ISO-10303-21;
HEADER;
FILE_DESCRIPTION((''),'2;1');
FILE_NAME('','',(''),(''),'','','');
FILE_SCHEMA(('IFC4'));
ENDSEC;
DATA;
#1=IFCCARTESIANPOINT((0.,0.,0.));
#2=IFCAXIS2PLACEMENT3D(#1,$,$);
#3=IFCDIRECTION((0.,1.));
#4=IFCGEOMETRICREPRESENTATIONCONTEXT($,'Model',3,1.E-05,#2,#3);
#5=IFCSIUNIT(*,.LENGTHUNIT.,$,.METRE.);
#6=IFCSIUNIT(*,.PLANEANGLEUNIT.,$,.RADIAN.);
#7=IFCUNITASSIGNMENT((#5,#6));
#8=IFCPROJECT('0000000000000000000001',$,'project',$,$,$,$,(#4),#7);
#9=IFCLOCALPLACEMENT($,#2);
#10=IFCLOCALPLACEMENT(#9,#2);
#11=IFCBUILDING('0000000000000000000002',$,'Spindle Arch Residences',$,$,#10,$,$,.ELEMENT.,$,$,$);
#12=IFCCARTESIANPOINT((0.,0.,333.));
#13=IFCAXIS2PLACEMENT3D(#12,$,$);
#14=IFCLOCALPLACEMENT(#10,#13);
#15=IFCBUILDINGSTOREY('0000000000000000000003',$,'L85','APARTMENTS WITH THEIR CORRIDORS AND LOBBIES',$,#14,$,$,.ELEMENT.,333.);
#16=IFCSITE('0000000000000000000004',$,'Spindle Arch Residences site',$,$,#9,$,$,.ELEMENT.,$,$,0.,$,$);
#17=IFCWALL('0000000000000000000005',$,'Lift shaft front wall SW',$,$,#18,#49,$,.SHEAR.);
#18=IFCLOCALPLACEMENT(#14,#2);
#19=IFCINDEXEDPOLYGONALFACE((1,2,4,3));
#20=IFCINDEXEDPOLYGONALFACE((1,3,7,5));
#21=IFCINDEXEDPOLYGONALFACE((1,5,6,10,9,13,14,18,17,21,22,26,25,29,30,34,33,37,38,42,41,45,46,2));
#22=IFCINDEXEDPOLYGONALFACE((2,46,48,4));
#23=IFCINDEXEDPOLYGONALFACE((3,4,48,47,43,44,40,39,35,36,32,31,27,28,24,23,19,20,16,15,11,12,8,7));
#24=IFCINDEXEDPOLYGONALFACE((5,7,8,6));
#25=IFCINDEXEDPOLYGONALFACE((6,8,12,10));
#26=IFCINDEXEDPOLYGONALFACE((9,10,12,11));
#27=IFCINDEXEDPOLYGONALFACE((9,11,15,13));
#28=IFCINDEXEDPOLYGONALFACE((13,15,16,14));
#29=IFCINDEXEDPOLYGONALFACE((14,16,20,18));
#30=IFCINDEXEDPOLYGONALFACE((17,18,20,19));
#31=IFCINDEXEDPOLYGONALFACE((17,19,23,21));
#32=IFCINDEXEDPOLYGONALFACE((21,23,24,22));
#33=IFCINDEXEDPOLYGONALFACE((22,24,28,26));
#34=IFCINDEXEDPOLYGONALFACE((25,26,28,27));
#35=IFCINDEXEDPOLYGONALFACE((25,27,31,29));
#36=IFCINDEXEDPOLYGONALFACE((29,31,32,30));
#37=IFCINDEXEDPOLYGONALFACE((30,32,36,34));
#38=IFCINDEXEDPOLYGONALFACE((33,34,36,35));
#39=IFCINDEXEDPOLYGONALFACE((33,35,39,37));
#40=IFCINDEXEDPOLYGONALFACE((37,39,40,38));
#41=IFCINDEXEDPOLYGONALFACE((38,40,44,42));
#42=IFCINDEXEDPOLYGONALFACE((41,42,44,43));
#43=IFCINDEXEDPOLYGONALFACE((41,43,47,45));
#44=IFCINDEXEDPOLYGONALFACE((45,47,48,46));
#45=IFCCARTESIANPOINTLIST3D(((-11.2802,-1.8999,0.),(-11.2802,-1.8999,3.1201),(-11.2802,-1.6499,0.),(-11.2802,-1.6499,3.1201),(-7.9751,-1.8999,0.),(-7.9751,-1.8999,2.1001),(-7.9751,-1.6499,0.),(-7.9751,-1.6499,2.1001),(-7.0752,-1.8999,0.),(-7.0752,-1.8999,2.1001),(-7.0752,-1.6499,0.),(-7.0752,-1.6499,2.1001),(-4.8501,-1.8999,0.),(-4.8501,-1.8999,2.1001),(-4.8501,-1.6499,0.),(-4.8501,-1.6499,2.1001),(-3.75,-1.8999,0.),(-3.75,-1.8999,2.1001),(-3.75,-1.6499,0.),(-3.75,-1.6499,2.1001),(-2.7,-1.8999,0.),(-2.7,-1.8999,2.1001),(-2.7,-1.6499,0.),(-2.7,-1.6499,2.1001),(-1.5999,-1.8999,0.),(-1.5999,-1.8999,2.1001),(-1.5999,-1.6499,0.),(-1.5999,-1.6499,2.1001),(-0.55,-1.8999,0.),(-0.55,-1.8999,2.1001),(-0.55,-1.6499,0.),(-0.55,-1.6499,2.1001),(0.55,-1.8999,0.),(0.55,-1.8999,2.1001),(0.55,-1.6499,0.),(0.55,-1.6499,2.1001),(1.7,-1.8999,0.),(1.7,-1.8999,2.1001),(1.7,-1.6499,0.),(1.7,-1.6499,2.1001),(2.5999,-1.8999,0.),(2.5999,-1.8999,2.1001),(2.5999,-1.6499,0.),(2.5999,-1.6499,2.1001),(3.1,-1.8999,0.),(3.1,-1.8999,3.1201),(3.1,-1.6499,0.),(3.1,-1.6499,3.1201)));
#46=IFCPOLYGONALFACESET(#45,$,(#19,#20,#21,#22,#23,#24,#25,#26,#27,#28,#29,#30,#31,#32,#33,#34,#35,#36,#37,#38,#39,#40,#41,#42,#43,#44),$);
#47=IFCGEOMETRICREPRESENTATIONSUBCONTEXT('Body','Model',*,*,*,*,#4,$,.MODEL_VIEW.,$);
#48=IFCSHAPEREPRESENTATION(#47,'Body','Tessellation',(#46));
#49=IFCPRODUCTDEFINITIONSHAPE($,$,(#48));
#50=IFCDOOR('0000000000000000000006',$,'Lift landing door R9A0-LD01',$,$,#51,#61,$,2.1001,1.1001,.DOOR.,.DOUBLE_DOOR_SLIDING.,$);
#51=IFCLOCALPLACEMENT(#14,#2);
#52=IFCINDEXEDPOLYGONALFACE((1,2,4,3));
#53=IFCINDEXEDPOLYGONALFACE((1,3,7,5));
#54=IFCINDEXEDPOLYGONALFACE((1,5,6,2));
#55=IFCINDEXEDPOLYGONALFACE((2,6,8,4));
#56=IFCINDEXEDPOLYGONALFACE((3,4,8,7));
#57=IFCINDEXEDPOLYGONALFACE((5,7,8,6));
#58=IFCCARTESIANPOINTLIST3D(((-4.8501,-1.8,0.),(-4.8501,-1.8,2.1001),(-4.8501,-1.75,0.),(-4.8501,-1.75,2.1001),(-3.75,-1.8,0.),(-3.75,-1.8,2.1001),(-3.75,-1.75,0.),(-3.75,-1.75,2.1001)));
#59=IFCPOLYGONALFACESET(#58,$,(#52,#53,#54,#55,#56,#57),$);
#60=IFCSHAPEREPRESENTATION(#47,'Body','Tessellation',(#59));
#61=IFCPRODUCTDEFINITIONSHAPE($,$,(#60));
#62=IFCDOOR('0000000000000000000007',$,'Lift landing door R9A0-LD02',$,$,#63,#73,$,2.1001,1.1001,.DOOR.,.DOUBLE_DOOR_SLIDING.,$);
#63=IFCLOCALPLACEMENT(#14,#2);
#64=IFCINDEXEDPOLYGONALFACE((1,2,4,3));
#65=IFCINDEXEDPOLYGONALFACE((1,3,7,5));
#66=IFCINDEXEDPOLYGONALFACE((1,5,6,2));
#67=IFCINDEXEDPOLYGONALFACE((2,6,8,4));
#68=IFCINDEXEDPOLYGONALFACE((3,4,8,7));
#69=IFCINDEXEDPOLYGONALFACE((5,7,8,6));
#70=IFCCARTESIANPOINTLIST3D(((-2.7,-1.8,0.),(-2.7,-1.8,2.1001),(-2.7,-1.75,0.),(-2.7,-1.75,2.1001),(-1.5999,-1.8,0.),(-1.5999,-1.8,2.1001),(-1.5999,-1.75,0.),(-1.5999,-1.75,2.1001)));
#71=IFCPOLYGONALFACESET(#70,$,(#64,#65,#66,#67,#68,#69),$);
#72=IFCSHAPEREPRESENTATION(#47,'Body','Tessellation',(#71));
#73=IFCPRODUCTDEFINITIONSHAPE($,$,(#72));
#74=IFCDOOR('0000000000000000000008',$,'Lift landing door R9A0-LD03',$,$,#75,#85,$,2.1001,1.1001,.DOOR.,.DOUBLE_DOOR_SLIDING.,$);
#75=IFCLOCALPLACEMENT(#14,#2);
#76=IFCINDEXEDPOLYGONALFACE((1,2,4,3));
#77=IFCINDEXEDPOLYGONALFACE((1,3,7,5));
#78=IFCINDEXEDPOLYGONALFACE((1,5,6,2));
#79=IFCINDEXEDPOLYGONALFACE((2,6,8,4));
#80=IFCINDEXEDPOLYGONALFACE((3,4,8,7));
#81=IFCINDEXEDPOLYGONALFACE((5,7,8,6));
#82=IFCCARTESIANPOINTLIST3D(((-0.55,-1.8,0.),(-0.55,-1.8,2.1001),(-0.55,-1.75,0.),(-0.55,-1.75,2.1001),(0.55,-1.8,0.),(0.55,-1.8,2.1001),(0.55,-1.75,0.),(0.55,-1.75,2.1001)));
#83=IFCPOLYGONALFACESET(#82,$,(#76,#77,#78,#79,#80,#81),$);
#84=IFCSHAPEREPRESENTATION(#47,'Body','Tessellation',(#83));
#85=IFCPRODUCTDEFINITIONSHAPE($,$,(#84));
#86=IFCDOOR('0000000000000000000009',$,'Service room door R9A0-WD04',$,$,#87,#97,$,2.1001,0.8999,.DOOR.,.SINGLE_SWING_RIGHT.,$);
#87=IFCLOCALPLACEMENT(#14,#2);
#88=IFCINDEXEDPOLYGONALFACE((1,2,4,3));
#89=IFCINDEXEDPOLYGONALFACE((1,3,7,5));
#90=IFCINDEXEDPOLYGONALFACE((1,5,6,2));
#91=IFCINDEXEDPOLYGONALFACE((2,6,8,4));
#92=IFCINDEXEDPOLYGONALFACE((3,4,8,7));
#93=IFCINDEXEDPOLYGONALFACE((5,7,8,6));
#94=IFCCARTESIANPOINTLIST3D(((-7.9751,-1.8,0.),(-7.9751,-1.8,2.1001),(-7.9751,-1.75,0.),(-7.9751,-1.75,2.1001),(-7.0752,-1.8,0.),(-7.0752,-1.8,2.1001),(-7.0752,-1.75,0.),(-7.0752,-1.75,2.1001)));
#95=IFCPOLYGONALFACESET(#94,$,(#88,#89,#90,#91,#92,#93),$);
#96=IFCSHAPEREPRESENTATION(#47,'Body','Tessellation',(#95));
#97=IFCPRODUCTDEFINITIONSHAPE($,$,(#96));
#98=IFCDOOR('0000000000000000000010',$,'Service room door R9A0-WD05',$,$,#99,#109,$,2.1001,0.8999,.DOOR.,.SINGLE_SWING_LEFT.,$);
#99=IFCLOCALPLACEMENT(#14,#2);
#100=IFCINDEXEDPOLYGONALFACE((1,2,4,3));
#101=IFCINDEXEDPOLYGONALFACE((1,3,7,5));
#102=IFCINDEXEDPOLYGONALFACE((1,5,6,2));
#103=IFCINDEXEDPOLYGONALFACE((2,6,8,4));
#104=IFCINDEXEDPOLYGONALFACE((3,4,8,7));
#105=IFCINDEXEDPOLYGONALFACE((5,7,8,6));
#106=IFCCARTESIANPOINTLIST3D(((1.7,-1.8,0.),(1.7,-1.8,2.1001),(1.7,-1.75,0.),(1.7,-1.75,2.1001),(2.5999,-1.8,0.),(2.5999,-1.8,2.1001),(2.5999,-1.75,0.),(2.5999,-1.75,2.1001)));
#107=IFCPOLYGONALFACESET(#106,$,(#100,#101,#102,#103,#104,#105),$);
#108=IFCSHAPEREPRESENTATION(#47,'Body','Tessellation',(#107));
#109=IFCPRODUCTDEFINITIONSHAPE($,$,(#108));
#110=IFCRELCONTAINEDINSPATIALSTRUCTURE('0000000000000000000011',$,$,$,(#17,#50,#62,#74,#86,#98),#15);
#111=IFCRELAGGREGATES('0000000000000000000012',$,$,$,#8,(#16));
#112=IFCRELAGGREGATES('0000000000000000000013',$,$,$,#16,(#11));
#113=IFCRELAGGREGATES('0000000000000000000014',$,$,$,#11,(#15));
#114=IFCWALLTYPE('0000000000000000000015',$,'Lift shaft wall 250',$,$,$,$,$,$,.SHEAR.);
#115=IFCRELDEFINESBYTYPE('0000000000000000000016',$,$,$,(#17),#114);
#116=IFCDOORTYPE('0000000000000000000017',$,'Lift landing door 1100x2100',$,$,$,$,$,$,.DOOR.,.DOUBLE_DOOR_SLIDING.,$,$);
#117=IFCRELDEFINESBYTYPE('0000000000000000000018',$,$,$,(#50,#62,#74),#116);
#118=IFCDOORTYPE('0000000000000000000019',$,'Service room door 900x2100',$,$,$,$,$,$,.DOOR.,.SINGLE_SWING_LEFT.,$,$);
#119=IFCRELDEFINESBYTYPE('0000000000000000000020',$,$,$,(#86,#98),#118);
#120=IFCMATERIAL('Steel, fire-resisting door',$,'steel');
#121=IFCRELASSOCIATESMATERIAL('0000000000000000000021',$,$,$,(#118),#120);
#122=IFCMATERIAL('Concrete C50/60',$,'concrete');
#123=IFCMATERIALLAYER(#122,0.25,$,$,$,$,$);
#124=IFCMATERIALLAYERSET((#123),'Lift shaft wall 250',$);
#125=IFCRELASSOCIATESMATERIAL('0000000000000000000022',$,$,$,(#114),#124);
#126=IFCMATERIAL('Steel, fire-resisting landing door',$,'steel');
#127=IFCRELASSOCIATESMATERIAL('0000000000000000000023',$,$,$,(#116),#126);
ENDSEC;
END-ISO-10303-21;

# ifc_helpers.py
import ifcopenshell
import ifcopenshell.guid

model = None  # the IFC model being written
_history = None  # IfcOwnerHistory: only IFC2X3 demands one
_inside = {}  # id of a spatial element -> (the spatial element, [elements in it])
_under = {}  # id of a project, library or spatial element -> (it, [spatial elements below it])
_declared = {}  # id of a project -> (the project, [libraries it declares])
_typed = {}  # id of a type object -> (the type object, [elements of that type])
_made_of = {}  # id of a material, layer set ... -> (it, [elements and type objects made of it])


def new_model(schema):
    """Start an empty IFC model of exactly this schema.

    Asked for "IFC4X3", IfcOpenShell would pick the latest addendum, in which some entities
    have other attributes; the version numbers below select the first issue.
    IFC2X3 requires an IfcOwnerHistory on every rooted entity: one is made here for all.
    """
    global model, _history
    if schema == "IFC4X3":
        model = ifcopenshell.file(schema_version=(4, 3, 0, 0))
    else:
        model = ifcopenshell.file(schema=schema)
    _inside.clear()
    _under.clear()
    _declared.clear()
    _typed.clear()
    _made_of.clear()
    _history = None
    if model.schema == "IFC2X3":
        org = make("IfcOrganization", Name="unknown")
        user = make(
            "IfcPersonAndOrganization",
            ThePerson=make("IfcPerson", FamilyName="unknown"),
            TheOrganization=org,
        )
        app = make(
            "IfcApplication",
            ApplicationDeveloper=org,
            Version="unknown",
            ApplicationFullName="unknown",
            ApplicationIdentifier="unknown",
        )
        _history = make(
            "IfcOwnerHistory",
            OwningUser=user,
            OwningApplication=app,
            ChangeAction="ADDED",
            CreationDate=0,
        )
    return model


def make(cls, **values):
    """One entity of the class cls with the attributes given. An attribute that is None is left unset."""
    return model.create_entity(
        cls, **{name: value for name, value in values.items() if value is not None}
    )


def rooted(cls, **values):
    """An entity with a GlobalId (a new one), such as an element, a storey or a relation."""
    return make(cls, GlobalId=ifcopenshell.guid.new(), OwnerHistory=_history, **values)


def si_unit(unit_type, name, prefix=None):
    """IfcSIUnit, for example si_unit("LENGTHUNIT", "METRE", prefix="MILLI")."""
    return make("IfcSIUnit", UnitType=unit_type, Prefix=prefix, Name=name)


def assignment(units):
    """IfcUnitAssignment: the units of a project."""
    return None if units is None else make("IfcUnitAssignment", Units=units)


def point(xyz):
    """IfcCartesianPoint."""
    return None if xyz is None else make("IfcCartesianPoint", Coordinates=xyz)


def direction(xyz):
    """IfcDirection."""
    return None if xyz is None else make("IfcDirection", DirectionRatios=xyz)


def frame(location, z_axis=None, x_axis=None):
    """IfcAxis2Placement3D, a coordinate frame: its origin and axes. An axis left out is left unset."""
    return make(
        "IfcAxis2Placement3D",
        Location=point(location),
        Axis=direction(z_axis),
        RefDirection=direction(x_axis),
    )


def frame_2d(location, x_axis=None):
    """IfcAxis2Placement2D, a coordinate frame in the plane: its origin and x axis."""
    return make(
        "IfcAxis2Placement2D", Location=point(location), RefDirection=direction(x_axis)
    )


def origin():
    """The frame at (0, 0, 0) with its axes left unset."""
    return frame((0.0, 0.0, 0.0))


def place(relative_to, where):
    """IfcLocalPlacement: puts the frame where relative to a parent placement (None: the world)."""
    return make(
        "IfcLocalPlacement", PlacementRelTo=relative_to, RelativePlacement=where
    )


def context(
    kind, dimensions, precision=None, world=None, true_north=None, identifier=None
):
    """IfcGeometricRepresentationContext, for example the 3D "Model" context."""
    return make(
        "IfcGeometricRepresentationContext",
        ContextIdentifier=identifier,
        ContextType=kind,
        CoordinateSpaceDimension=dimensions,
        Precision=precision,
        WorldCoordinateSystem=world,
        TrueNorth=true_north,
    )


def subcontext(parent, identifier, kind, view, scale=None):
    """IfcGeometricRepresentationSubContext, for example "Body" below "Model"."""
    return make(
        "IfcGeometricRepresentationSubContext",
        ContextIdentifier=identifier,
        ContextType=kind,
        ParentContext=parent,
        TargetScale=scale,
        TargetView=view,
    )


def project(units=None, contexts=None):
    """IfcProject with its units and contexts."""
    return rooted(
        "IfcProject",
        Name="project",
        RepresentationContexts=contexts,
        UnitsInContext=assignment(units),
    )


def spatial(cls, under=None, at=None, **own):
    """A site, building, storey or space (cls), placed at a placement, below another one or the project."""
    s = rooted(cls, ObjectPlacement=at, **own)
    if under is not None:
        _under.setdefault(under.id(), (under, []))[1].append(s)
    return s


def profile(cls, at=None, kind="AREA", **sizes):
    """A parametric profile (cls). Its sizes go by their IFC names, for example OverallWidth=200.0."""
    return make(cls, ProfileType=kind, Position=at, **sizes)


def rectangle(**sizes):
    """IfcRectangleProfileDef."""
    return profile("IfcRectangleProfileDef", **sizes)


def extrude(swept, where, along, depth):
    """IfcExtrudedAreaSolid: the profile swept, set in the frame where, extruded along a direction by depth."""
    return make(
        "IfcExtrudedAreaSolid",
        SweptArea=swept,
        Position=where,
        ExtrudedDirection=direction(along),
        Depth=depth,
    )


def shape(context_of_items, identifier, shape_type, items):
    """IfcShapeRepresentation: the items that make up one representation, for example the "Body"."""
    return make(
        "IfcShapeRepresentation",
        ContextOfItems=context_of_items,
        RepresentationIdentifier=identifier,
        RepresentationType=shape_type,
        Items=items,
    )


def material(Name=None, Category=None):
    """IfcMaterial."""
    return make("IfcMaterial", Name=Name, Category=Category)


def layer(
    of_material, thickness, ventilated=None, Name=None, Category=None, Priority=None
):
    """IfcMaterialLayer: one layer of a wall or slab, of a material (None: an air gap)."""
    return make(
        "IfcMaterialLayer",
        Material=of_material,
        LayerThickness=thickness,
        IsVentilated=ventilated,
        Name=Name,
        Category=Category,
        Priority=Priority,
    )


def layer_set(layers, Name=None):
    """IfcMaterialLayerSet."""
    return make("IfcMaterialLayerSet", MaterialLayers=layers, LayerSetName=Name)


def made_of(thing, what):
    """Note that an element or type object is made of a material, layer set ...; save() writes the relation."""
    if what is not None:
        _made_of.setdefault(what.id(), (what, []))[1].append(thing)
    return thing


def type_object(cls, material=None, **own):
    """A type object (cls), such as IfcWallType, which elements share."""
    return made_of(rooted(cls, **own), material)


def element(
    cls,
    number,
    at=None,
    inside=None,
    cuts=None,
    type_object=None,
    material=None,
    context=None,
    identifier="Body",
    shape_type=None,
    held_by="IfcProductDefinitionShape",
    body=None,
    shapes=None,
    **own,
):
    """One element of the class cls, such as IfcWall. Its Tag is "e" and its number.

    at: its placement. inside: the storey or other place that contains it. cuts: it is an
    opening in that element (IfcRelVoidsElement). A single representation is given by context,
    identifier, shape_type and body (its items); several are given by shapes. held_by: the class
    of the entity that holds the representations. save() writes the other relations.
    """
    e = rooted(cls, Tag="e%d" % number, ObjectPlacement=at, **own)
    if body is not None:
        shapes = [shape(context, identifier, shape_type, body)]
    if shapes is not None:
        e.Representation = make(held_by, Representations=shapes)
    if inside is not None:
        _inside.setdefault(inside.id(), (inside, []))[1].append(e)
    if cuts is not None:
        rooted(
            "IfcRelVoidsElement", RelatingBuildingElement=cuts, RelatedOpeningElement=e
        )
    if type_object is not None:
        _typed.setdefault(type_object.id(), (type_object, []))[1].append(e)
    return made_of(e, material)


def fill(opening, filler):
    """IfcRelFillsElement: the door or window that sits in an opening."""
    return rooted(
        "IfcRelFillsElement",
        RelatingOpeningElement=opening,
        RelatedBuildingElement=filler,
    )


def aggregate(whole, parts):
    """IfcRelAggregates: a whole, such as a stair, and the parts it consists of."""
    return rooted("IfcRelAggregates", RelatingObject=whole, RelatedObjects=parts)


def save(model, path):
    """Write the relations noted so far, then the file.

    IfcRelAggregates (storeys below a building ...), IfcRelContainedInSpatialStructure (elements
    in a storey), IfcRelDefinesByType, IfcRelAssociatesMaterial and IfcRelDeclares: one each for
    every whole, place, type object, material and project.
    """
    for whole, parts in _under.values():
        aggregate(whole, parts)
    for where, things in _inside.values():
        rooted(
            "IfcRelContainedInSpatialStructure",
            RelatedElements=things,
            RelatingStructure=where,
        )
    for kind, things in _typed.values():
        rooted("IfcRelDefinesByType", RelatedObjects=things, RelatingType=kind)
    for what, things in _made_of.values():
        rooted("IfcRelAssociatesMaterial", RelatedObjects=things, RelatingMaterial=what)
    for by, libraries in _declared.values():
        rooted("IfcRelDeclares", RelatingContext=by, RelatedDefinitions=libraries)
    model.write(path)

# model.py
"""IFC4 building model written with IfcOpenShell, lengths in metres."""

from ifc_helpers import new_model, si_unit, direction, frame, frame_2d, origin, place, context, subcontext, project, spatial, rectangle, extrude, material, layer, layer_set, type_object, element, fill, save


model = new_model("IFC4")

# Units and contexts
model_context = context("Model", 3, precision=1e-05, world=origin(), true_north=direction((0.0, 1.0)))
body_context = subcontext(model_context, "Body", "Model", "MODEL_VIEW")
ifc_project = project(units=[si_unit("LENGTHUNIT", "METRE"), si_unit("PLANEANGLEUNIT", "RADIAN")], contexts=[model_context])

# Site, building, storey
site_placement = place(None, origin())
site = spatial("IfcSite", under=ifc_project, at=site_placement, Name="Spindle Arch Residences site", CompositionType="ELEMENT", RefElevation=0.0)
building_placement = place(site_placement, origin())
building = spatial("IfcBuilding", under=site, at=building_placement, Name="Spindle Arch Residences", CompositionType="ELEMENT")
storey_placement = place(building_placement, frame((0.0, 0.0, 333.0)))
storey = spatial("IfcBuildingStorey", under=building, at=storey_placement, Name="L85", Description="APARTMENTS WITH THEIR CORRIDORS AND LOBBIES", CompositionType="ELEMENT", Elevation=333.0)

# Shared definitions
ifc_material_1 = material(Name="Steel, fire-resisting door", Category="steel")
door_type_1 = type_object("IfcDoorType", Name="Service room door 900x2100", OperationType="SINGLE_SWING_LEFT", PredefinedType="DOOR", material=ifc_material_1)

# Wall, openings, doors
ifc_material_2 = material(Name="Concrete C50/60", Category="concrete")
ifc_layer_1 = layer(ifc_material_2, 0.25)
ifc_layer_set_1 = layer_set([ifc_layer_1], Name="Lift shaft wall 250")
wall_type_1 = type_object("IfcWallType", Name="Lift shaft wall 250", PredefinedType="SHEAR", material=ifc_layer_set_1)
wall_1_placement = place(storey_placement, frame((-11.28, -1.7749, 0.0), z_axis=(0.0, 0.0, 1.0), x_axis=(1.0, 0.0, 0.0)))
wall_1 = element("IfcWall", 1, at=wall_1_placement, inside=storey, type_object=wall_type_1, Name="Lift shaft front wall SW", PredefinedType="SHEAR", context=body_context, shape_type="SweptSolid", body=[
    extrude(rectangle(XDim=14.3801, YDim=0.25, at=frame_2d((7.1899, 0.0))), origin(), (0.0, 0.0, 1.0), 3.1201),
])
opening_1_placement = place(wall_1_placement, frame((6.4299, 0.0, 0.0)))
opening_1 = element("IfcOpeningElement", 2, at=opening_1_placement, cuts=wall_1, PredefinedType="OPENING", context=body_context, shape_type="SweptSolid", body=[
    extrude(rectangle(XDim=1.1001, YDim=2.1001, at=frame_2d((0.55, 1.05))), frame((0.0, 0.135, 0.0), z_axis=(0.0, -1.0, 0.0), x_axis=(1.0, 0.0, 0.0)), (0.0, 0.0, 1.0), 0.27),
])
opening_2_placement = place(wall_1_placement, frame((8.5801, 0.0, 0.0)))
opening_2 = element("IfcOpeningElement", 3, at=opening_2_placement, cuts=wall_1, PredefinedType="OPENING", context=body_context, shape_type="SweptSolid", body=[
    extrude(rectangle(XDim=1.1001, YDim=2.1001, at=frame_2d((0.55, 1.05))), frame((0.0, 0.135, 0.0), z_axis=(0.0, -1.0, 0.0), x_axis=(1.0, 0.0, 0.0)), (0.0, 0.0, 1.0), 0.27),
])
opening_3_placement = place(wall_1_placement, frame((10.73, 0.0, 0.0)))
opening_3 = element("IfcOpeningElement", 4, at=opening_3_placement, cuts=wall_1, PredefinedType="OPENING", context=body_context, shape_type="SweptSolid", body=[
    extrude(rectangle(XDim=1.1001, YDim=2.1001, at=frame_2d((0.55, 1.05))), frame((0.0, 0.135, 0.0), z_axis=(0.0, -1.0, 0.0), x_axis=(1.0, 0.0, 0.0)), (0.0, 0.0, 1.0), 0.27),
])
opening_4_placement = place(wall_1_placement, frame((3.3049, 0.0, 0.0)))
opening_4 = element("IfcOpeningElement", 5, at=opening_4_placement, cuts=wall_1, PredefinedType="OPENING", context=body_context, shape_type="SweptSolid", body=[
    extrude(rectangle(XDim=0.8999, YDim=2.1001, at=frame_2d((0.45, 1.05))), frame((0.0, 0.135, 0.0), z_axis=(0.0, -1.0, 0.0), x_axis=(1.0, 0.0, 0.0)), (0.0, 0.0, 1.0), 0.27),
])
opening_5_placement = place(wall_1_placement, frame((12.98, 0.0, 0.0)))
opening_5 = element("IfcOpeningElement", 6, at=opening_5_placement, cuts=wall_1, PredefinedType="OPENING", context=body_context, shape_type="SweptSolid", body=[
    extrude(rectangle(XDim=0.8999, YDim=2.1001, at=frame_2d((0.45, 1.05))), frame((0.0, 0.135, 0.0), z_axis=(0.0, -1.0, 0.0), x_axis=(1.0, 0.0, 0.0)), (0.0, 0.0, 1.0), 0.27),
])
ifc_material_3 = material(Name="Steel, fire-resisting landing door", Category="steel")
door_type_2 = type_object("IfcDoorType", Name="Lift landing door 1100x2100", OperationType="DOUBLE_DOOR_SLIDING", PredefinedType="DOOR", material=ifc_material_3)
door_1_placement = place(opening_1_placement, origin())
door_1 = element("IfcDoor", 7, at=door_1_placement, inside=storey, type_object=door_type_2, Name="Lift landing door R9A0-LD01", OperationType="DOUBLE_DOOR_SLIDING", OverallHeight=2.1001, OverallWidth=1.1001, PredefinedType="DOOR", context=body_context, shape_type="SweptSolid", body=[
    extrude(rectangle(XDim=1.1001, YDim=2.1001, at=frame_2d((0.55, 1.05))), frame((0.0, 0.0249, 0.0), z_axis=(0.0, -1.0, 0.0), x_axis=(1.0, 0.0, 0.0)), (0.0, 0.0, 1.0), 0.05),
])
fill(opening_1, door_1)
door_2_placement = place(opening_2_placement, origin())
door_2 = element("IfcDoor", 8, at=door_2_placement, inside=storey, type_object=door_type_2, Name="Lift landing door R9A0-LD02", OperationType="DOUBLE_DOOR_SLIDING", OverallHeight=2.1001, OverallWidth=1.1001, PredefinedType="DOOR", context=body_context, shape_type="SweptSolid", body=[
    extrude(rectangle(XDim=1.1001, YDim=2.1001, at=frame_2d((0.55, 1.05))), frame((0.0, 0.0249, 0.0), z_axis=(0.0, -1.0, 0.0), x_axis=(1.0, 0.0, 0.0)), (0.0, 0.0, 1.0), 0.05),
])
fill(opening_2, door_2)
door_3_placement = place(opening_3_placement, origin())
door_3 = element("IfcDoor", 9, at=door_3_placement, inside=storey, type_object=door_type_2, Name="Lift landing door R9A0-LD03", OperationType="DOUBLE_DOOR_SLIDING", OverallHeight=2.1001, OverallWidth=1.1001, PredefinedType="DOOR", context=body_context, shape_type="SweptSolid", body=[
    extrude(rectangle(XDim=1.1001, YDim=2.1001, at=frame_2d((0.55, 1.05))), frame((0.0, 0.0249, 0.0), z_axis=(0.0, -1.0, 0.0), x_axis=(1.0, 0.0, 0.0)), (0.0, 0.0, 1.0), 0.05),
])
fill(opening_3, door_3)
door_4_placement = place(opening_4_placement, origin())
door_4 = element("IfcDoor", 10, at=door_4_placement, inside=storey, type_object=door_type_1, Name="Service room door R9A0-WD04", OperationType="SINGLE_SWING_RIGHT", OverallHeight=2.1001, OverallWidth=0.8999, PredefinedType="DOOR", context=body_context, shape_type="SweptSolid", body=[
    extrude(rectangle(XDim=0.8999, YDim=2.1001, at=frame_2d((0.45, 1.05))), frame((0.0, 0.0249, 0.0), z_axis=(0.0, -1.0, 0.0), x_axis=(1.0, 0.0, 0.0)), (0.0, 0.0, 1.0), 0.05),
])
fill(opening_4, door_4)
door_5_placement = place(opening_5_placement, origin())
door_5 = element("IfcDoor", 11, at=door_5_placement, inside=storey, type_object=door_type_1, Name="Service room door R9A0-WD05", OperationType="SINGLE_SWING_LEFT", OverallHeight=2.1001, OverallWidth=0.8999, PredefinedType="DOOR", context=body_context, shape_type="SweptSolid", body=[
    extrude(rectangle(XDim=0.8999, YDim=2.1001, at=frame_2d((0.45, 1.05))), frame((0.0, 0.0249, 0.0), z_axis=(0.0, -1.0, 0.0), x_axis=(1.0, 0.0, 0.0)), (0.0, 0.0, 1.0), 0.05),
])
fill(opening_5, door_5)

save(model, "model.ifc")
